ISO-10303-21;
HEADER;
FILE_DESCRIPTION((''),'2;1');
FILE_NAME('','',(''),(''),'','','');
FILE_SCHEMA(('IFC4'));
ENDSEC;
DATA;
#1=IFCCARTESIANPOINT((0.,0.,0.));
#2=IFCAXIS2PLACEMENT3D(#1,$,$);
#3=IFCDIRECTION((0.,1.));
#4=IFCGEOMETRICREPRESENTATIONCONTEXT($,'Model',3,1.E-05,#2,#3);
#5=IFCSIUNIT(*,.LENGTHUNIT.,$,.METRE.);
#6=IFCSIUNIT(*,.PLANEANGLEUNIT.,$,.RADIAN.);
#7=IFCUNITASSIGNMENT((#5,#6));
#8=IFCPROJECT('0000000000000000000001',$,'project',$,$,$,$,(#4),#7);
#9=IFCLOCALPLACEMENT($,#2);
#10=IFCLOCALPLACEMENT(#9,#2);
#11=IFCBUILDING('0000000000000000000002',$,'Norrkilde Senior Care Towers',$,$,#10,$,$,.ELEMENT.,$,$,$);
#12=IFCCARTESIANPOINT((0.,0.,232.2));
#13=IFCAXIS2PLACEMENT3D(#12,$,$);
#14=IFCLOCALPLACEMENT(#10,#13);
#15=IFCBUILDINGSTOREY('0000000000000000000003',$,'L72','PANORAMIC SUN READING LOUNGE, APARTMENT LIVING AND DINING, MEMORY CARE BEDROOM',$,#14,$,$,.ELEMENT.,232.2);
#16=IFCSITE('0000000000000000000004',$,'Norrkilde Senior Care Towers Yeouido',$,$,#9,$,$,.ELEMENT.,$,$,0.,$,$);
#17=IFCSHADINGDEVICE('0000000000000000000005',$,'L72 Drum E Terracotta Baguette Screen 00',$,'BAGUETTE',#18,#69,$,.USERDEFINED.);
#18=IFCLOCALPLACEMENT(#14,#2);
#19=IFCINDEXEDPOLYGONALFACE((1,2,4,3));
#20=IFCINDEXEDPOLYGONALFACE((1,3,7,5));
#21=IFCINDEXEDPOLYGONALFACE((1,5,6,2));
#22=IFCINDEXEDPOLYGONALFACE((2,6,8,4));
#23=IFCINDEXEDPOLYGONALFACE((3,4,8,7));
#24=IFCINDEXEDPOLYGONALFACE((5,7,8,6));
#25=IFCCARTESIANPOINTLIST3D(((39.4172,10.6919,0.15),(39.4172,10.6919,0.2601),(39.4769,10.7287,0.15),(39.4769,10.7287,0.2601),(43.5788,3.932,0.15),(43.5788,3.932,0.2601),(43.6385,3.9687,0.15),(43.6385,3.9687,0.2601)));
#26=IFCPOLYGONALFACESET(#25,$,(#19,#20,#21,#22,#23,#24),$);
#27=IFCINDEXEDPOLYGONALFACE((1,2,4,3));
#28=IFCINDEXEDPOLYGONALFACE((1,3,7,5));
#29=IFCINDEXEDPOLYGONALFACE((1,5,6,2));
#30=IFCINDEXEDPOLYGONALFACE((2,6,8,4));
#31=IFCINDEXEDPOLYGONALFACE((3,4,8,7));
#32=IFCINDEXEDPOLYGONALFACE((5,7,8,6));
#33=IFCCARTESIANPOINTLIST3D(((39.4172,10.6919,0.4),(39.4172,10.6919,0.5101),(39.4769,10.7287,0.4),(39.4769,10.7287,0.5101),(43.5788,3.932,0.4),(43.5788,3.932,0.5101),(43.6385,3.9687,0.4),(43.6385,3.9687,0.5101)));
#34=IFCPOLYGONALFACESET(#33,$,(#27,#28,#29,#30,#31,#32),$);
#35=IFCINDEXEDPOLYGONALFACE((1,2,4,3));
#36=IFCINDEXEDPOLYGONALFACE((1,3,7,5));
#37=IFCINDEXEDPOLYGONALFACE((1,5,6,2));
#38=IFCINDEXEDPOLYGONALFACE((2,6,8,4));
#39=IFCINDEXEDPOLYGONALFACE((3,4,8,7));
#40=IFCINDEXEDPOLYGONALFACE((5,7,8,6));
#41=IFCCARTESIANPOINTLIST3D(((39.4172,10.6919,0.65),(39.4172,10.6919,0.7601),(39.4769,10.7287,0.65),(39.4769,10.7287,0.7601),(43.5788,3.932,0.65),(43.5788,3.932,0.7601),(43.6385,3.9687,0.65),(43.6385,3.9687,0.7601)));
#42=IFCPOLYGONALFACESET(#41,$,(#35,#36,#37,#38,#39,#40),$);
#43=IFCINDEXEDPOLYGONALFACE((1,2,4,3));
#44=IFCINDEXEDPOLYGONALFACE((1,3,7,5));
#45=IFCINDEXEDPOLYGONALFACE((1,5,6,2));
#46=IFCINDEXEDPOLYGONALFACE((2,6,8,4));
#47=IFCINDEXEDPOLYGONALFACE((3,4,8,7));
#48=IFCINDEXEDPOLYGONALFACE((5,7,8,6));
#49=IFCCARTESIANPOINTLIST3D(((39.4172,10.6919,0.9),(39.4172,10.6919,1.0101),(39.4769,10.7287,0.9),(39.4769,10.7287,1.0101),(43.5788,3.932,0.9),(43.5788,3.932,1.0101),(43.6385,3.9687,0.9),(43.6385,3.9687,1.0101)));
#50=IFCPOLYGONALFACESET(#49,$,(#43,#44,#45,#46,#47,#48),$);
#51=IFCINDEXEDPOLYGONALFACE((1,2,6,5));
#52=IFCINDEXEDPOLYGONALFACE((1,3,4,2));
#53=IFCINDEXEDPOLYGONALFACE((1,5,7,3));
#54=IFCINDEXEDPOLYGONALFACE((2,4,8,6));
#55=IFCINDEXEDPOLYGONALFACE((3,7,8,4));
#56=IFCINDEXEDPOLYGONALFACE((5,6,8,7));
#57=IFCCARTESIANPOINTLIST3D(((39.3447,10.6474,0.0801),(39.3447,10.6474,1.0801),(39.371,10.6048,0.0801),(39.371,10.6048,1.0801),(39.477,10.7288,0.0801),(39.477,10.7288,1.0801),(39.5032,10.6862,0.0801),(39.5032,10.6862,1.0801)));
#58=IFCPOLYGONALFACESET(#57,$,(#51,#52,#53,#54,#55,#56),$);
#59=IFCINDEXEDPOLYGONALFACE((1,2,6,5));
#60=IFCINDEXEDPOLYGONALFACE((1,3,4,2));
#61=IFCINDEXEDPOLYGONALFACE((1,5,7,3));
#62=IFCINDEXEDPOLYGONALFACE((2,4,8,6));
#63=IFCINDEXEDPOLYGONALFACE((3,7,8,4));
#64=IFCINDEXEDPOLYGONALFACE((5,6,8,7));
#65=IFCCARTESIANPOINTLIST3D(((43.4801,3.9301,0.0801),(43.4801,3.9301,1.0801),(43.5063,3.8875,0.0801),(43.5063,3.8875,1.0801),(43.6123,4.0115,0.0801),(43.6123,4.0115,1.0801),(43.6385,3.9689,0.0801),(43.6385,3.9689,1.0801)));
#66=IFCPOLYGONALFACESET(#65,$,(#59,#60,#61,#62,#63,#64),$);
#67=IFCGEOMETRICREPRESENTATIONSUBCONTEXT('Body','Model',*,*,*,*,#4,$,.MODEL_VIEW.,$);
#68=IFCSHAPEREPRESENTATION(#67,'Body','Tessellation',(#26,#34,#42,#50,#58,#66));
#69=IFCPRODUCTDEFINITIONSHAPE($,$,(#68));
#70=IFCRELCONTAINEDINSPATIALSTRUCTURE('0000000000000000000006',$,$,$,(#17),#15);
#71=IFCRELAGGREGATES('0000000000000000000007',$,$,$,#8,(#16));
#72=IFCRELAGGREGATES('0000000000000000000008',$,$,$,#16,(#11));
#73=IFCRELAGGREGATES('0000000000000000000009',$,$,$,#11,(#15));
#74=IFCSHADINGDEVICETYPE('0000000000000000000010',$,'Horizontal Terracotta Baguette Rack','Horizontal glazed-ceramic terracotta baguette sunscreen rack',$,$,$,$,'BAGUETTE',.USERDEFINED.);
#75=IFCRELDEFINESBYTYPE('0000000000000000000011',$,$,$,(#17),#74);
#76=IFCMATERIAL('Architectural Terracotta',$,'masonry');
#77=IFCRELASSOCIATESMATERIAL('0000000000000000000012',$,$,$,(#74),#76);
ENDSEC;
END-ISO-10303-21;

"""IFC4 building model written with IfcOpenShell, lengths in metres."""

from ifc_helpers import new_model, si_unit, direction, frame, origin, origin_2d, place, context, subcontext, project, spatial, rectangle, extrude, source, transform, mapped, material, type_object, type_shapes, element, save


model = new_model("IFC4")

# Units and contexts
model_context = context("Model", 3, precision=1e-05, world=origin(), true_north=direction((0.0, 1.0)))
body_context = subcontext(model_context, "Body", "Model", "MODEL_VIEW")
ifc_project = project(units=[si_unit("LENGTHUNIT", "METRE"), si_unit("PLANEANGLEUNIT", "RADIAN")], contexts=[model_context])

# Site, building, storey
site_placement = place(None, origin())
site = spatial("IfcSite", under=ifc_project, at=site_placement, Name="Norrkilde Senior Care Towers Yeouido", CompositionType="ELEMENT", RefElevation=0.0)
building_placement = place(site_placement, origin())
building = spatial("IfcBuilding", under=site, at=building_placement, Name="Norrkilde Senior Care Towers", CompositionType="ELEMENT")
storey_placement = place(building_placement, frame((0.0, 0.0, 232.2)))
storey = spatial("IfcBuildingStorey", under=building, at=storey_placement, Name="L72", Description="PANORAMIC SUN READING LOUNGE, APARTMENT LIVING AND DINING, MEMORY CARE BEDROOM", CompositionType="ELEMENT", Elevation=232.2)

# Shading device
ifc_material_1 = material(Name="Architectural Terracotta", Category="masonry")
shading_device_type = type_object("IfcShadingDeviceType", Name="Horizontal Terracotta Baguette Rack", Description="Horizontal glazed-ceramic terracotta baguette sunscreen rack", ElementType="BAGUETTE", PredefinedType="USERDEFINED", material=ifc_material_1)
shared_shape_1 = source(origin(), body_context, "Body", "SweptSolid", [
    extrude(rectangle(XDim=0.0701, YDim=0.1101, at=origin_2d()), frame((0.0, 0.0901, 0.125), z_axis=(1.0, 0.0, 0.0), x_axis=(0.0, 1.0, 0.0)), (0.0, 0.0, 1.0), 7.9382),
    extrude(rectangle(XDim=0.0701, YDim=0.1101, at=origin_2d()), frame((0.0, 0.0901, 0.375), z_axis=(1.0, 0.0, 0.0), x_axis=(0.0, 1.0, 0.0)), (0.0, 0.0, 1.0), 7.9382),
    extrude(rectangle(XDim=0.0701, YDim=0.1101, at=origin_2d()), frame((0.0, 0.0901, 0.625), z_axis=(1.0, 0.0, 0.0), x_axis=(0.0, 1.0, 0.0)), (0.0, 0.0, 1.0), 7.9382),
    extrude(rectangle(XDim=0.0701, YDim=0.1101, at=origin_2d()), frame((0.0, 0.0901, 0.875), z_axis=(1.0, 0.0, 0.0), x_axis=(0.0, 1.0, 0.0)), (0.0, 0.0, 1.0), 7.9382),
    extrude(rectangle(XDim=0.05, YDim=0.1553, at=origin_2d()), frame((0.0249, 0.0476, 0.0)), (0.0, 0.0, 1.0), 1.0),
    extrude(rectangle(XDim=0.05, YDim=0.1553, at=origin_2d()), frame((7.9131, 0.0476, 0.0)), (0.0, 0.0, 1.0), 1.0),
])
type_shapes(shading_device_type, [shared_shape_1])
shading_device_placement = place(storey_placement, frame((39.3704, 10.6631, 0.0801), z_axis=(0.0, 0.0, 1.0), x_axis=(0.52425, -0.851576, 0.0)))
element("IfcShadingDevice", 1, at=shading_device_placement, inside=storey, type_object=shading_device_type, Name="L72 Drum E Terracotta Baguette Screen 00", ObjectType="BAGUETTE", PredefinedType="USERDEFINED", context=body_context, shape_type="MappedRepresentation", body=[
    mapped(shared_shape_1, transform((0.0, 0.0, 0.0), x_axis=(1.0, 0.0, 0.0), y_axis=(0.0, 1.0, 0.0), z_axis=(0.0, 0.0, 1.0), scale=1.0)),
])

save(model, "model.ifc")
